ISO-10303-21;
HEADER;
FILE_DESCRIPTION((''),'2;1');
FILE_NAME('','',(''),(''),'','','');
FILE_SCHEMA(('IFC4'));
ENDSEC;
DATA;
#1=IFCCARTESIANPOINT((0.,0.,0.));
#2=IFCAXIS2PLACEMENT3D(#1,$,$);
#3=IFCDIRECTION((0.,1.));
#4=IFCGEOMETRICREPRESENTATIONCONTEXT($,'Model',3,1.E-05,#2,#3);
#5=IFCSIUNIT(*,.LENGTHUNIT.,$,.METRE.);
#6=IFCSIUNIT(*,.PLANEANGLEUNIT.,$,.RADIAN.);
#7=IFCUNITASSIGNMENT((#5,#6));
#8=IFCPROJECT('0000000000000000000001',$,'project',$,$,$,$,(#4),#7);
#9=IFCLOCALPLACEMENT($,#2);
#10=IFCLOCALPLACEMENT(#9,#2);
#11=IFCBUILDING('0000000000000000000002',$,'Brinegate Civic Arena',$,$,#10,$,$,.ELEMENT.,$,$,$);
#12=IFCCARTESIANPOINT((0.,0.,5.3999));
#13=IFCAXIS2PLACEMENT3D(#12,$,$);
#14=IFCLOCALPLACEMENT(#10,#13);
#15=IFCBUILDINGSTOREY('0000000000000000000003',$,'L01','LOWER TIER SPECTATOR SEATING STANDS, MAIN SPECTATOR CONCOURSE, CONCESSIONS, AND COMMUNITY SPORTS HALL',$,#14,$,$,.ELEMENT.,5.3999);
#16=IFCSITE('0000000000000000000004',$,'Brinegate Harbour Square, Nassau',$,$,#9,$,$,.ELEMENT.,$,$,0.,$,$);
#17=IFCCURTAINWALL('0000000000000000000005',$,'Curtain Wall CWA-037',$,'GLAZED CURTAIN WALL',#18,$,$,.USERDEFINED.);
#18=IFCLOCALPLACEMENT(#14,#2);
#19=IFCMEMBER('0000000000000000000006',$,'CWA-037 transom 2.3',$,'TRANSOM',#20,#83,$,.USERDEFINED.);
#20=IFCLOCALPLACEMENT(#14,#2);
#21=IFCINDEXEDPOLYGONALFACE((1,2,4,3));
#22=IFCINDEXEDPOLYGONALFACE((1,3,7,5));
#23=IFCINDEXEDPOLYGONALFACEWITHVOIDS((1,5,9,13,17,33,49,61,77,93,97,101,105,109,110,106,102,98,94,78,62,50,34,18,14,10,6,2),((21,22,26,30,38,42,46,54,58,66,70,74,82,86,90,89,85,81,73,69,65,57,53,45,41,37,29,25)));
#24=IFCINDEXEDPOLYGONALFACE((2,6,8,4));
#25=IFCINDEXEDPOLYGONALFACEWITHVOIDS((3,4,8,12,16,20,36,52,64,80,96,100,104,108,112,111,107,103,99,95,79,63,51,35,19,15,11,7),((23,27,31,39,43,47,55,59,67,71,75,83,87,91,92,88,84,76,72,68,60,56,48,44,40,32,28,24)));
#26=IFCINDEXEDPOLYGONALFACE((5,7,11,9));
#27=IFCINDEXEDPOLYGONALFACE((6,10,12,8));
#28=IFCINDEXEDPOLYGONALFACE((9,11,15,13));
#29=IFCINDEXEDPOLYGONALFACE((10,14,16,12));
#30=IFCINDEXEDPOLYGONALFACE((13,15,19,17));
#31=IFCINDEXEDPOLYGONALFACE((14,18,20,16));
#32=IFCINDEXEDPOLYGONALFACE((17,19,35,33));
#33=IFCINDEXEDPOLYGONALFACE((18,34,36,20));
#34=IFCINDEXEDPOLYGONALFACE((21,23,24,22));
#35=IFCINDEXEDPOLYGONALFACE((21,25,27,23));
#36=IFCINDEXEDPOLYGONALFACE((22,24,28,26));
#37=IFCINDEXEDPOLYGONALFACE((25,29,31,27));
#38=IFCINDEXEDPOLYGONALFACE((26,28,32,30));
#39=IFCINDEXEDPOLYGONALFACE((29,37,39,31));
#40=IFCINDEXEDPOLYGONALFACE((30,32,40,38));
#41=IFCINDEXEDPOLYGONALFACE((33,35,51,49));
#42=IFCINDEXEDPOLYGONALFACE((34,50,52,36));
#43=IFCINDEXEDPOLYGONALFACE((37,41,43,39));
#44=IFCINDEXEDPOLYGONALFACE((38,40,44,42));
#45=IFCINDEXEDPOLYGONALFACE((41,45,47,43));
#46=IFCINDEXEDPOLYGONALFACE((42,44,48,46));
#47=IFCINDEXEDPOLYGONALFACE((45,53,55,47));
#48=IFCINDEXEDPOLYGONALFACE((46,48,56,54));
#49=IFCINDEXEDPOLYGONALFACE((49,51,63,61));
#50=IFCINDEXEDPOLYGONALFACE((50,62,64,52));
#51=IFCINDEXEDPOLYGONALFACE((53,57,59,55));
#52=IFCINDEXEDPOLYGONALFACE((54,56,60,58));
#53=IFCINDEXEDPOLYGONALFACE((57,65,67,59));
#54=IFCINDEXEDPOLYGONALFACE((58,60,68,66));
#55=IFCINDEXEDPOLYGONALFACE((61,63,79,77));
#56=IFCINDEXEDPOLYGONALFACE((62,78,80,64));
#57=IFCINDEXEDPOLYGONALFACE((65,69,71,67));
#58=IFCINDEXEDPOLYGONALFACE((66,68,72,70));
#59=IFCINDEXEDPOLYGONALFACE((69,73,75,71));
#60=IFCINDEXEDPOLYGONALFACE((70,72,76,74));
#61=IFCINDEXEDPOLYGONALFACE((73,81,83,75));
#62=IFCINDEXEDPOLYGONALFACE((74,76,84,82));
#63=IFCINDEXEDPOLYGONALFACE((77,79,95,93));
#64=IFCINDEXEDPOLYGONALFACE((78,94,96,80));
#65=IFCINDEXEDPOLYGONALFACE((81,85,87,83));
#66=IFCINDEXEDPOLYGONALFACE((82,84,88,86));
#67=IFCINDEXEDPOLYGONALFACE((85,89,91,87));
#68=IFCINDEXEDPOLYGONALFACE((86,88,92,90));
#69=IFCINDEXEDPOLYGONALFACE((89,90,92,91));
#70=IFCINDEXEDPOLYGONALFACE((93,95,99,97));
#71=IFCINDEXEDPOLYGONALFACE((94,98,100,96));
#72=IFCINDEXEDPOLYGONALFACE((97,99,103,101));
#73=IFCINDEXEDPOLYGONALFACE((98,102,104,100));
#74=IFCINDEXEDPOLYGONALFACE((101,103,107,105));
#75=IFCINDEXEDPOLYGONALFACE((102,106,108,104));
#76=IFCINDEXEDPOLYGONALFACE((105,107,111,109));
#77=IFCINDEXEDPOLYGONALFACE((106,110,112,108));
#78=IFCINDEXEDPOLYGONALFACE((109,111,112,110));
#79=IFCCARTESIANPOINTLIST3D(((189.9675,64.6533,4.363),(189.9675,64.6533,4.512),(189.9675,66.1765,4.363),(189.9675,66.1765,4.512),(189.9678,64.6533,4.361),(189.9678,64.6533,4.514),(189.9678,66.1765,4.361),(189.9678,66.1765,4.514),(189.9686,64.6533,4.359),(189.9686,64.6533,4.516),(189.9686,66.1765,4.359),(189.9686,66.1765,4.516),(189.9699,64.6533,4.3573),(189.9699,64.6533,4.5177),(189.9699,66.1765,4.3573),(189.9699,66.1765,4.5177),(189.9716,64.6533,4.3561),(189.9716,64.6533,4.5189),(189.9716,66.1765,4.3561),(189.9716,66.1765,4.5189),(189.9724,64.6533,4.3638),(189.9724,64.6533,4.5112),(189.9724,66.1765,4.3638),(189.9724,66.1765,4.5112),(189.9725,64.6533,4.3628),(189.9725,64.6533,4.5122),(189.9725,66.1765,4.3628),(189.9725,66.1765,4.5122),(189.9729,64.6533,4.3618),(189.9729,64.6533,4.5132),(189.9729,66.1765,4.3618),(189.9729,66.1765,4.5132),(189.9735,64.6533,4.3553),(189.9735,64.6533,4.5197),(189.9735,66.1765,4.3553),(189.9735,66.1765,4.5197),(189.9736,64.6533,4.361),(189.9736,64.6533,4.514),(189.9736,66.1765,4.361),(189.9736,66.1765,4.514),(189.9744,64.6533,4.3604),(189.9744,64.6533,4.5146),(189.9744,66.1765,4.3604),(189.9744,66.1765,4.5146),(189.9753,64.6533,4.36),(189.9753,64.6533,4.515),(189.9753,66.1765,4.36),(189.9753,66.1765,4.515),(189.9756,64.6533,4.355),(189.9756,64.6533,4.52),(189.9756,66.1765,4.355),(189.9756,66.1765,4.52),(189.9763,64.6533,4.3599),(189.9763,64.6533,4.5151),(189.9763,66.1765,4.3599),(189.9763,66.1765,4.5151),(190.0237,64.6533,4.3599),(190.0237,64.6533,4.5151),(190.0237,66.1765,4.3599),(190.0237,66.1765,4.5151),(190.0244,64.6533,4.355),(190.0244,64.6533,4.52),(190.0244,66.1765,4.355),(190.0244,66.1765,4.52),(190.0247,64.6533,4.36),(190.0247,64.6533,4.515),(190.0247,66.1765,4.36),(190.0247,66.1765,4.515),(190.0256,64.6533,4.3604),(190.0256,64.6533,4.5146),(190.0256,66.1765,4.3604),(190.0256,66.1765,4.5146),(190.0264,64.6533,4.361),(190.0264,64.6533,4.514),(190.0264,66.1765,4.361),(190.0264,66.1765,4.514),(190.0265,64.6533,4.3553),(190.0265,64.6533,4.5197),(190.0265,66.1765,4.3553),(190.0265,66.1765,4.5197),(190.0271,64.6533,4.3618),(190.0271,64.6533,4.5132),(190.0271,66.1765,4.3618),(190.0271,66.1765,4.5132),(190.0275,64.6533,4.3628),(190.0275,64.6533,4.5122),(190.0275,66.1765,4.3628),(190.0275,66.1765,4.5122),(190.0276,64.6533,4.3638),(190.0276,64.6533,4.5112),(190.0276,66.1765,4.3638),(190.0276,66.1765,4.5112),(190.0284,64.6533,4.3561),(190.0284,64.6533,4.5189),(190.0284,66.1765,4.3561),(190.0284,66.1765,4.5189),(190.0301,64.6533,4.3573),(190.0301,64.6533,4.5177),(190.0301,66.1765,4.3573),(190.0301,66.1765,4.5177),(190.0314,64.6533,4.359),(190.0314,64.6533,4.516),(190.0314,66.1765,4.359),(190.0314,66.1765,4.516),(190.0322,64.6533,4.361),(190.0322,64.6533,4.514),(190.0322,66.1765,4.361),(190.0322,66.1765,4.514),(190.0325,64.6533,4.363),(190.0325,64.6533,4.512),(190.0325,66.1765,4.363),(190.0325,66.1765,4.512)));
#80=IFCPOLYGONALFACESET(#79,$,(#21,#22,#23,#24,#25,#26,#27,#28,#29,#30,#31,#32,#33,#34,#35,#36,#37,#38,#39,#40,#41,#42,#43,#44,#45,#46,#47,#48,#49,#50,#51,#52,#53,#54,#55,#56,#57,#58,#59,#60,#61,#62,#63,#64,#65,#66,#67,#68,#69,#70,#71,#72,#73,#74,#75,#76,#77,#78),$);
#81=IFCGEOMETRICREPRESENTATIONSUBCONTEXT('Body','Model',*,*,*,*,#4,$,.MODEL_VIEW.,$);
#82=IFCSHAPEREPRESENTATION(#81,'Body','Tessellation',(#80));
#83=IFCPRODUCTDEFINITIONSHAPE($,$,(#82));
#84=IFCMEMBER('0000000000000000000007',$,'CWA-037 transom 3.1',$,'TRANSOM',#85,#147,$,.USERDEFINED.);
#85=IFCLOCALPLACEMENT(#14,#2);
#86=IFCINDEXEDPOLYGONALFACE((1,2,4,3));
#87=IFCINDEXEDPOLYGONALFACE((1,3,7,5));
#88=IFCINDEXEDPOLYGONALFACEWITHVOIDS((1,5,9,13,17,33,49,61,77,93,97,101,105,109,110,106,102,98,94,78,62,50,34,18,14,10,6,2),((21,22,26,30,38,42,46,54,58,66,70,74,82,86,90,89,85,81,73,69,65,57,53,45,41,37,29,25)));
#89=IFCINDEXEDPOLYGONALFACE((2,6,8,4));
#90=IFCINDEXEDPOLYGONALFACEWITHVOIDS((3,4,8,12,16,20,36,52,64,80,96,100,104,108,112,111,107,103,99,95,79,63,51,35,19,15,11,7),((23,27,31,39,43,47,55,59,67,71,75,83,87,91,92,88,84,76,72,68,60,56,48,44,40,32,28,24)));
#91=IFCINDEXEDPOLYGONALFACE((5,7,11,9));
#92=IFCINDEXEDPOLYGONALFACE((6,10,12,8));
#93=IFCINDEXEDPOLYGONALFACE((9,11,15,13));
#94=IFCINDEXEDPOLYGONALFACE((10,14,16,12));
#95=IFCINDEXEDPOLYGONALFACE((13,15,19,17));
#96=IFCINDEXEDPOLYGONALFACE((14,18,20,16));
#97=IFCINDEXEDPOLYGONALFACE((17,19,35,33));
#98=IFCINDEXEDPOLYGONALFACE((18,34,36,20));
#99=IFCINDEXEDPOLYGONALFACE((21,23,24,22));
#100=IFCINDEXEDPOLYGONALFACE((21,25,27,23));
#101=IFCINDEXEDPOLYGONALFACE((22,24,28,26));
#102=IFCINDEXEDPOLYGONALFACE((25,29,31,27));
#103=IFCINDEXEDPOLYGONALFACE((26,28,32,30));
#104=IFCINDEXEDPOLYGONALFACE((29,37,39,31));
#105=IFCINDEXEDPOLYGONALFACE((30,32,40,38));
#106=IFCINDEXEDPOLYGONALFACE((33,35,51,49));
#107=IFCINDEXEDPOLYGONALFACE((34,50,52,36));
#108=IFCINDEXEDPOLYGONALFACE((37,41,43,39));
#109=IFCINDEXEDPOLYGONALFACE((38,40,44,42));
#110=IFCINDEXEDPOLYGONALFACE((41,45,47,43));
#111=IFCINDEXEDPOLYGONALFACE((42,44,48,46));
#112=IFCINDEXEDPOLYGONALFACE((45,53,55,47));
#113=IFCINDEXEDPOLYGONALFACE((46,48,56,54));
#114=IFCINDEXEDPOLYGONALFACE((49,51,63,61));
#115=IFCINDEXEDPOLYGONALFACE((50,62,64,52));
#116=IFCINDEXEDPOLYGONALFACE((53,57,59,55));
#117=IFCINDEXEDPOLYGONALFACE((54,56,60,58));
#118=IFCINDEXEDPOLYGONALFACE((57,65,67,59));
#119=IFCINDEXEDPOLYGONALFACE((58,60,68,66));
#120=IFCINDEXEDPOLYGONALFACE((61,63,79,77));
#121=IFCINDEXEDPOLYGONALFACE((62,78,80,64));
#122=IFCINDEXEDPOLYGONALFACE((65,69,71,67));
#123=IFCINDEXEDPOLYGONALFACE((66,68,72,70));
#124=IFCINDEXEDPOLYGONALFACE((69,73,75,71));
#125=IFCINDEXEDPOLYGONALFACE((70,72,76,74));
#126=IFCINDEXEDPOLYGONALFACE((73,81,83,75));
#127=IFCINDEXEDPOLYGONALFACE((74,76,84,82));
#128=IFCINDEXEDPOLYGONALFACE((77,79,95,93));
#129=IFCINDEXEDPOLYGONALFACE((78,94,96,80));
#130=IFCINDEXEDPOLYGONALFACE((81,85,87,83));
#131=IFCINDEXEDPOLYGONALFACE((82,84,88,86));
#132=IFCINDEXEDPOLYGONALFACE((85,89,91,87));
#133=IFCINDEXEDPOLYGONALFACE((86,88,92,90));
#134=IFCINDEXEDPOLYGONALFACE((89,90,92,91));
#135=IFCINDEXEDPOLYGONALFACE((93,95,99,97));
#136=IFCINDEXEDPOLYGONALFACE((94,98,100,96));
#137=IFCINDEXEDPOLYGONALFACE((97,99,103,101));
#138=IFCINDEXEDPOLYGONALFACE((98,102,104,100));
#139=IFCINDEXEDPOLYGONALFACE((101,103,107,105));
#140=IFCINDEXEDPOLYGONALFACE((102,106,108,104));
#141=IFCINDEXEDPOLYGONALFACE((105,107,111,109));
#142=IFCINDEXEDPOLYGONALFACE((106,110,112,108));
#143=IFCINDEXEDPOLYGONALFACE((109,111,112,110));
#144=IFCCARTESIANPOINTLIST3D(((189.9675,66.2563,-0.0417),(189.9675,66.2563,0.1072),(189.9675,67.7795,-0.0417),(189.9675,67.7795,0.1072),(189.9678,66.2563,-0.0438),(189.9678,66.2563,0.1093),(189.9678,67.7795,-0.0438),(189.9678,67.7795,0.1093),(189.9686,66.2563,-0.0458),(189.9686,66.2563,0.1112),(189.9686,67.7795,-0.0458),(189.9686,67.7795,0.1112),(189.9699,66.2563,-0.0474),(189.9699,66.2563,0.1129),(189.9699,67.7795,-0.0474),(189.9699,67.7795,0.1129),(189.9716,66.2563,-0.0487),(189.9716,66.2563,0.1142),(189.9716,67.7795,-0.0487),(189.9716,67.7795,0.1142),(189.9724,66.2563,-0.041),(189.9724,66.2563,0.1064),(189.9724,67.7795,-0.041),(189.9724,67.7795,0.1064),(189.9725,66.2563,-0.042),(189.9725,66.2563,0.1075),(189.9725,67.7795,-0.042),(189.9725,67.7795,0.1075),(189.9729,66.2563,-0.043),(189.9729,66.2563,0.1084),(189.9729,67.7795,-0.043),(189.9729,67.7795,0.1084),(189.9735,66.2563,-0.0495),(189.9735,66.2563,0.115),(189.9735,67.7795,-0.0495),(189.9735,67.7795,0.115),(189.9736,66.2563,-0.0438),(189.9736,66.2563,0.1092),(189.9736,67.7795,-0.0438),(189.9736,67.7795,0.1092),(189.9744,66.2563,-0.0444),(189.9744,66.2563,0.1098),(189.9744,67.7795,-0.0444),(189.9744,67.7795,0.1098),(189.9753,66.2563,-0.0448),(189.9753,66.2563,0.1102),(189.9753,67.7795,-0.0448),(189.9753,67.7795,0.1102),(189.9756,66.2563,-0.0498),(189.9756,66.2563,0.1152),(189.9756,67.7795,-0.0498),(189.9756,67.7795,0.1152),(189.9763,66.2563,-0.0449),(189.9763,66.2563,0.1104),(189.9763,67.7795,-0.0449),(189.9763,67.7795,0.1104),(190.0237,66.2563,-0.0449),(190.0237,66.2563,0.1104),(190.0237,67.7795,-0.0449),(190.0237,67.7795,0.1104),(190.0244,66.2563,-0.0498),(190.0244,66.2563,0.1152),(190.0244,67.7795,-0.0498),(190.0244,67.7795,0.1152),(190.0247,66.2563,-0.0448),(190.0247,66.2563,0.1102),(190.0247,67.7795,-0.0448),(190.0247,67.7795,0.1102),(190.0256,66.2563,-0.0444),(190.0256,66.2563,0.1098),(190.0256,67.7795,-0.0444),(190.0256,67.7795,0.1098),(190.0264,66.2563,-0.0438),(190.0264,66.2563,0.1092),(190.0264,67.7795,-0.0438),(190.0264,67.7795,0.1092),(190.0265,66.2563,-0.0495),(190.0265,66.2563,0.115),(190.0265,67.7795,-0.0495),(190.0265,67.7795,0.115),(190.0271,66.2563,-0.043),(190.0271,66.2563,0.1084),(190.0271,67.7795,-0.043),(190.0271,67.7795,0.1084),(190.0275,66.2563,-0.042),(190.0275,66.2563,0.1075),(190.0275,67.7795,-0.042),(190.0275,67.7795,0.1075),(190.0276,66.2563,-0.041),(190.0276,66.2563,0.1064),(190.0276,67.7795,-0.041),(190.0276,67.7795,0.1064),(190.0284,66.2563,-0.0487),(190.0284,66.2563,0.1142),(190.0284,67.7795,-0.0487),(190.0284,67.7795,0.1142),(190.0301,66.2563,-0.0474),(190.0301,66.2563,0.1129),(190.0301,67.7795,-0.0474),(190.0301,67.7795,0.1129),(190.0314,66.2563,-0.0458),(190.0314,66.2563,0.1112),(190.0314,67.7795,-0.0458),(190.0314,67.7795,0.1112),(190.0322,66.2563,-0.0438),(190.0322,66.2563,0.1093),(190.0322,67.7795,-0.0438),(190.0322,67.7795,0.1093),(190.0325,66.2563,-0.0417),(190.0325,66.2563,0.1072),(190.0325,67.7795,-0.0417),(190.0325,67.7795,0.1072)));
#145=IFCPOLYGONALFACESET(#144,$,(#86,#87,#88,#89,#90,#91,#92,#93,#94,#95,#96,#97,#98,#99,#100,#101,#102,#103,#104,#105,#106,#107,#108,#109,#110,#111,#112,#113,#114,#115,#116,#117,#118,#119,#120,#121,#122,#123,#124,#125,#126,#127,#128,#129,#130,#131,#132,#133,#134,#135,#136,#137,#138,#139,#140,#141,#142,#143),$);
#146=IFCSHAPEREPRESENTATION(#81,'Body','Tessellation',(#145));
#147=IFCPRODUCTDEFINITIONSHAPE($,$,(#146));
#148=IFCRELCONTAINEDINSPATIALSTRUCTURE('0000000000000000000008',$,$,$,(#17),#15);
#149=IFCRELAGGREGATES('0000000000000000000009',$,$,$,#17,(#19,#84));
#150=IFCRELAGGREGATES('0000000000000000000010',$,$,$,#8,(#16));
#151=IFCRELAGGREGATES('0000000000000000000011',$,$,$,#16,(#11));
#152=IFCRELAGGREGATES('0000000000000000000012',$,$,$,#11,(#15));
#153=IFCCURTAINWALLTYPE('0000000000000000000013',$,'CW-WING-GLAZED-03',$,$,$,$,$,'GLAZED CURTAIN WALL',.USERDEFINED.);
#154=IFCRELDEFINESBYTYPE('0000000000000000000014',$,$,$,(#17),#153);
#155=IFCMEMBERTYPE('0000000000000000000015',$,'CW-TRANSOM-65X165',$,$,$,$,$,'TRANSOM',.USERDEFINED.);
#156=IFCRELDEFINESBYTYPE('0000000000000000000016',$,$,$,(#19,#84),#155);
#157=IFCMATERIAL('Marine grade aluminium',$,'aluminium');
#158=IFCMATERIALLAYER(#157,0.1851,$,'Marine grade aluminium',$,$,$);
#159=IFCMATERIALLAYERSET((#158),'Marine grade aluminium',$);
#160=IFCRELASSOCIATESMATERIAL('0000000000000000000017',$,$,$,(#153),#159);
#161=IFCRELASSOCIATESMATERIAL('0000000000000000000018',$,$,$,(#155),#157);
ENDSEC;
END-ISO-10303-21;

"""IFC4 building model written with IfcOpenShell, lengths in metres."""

from ifc_helpers import new_model, si_unit, direction, frame, origin, origin_2d, place, context, subcontext, project, spatial, hollow_rectangle, extrude, material, layer, layer_set, material_profile, profile_set, type_object, element, aggregate, save


model = new_model("IFC4")

# Units and contexts
model_context = context("Model", 3, precision=1e-05, world=origin(), true_north=direction((0.0, 1.0)))
body_context = subcontext(model_context, "Body", "Model", "MODEL_VIEW")
ifc_project = project(units=[si_unit("LENGTHUNIT", "METRE"), si_unit("PLANEANGLEUNIT", "RADIAN")], contexts=[model_context])

# Site, building, storey
site_placement = place(None, origin())
site = spatial("IfcSite", under=ifc_project, at=site_placement, Name="Brinegate Harbour Square, Nassau", CompositionType="ELEMENT", RefElevation=0.0)
building_placement = place(site_placement, origin())
building = spatial("IfcBuilding", under=site, at=building_placement, Name="Brinegate Civic Arena", CompositionType="ELEMENT")
storey_placement = place(building_placement, frame((0.0, 0.0, 5.3999)))
storey = spatial("IfcBuildingStorey", under=building, at=storey_placement, Name="L01", Description="LOWER TIER SPECTATOR SEATING STANDS, MAIN SPECTATOR CONCOURSE, CONCESSIONS, AND COMMUNITY SPORTS HALL", CompositionType="ELEMENT", Elevation=5.3999)

# Curtain wall, members
ifc_material_1 = material(Name="Marine grade aluminium", Category="aluminium")
ifc_layer_1 = layer(ifc_material_1, 0.1851, Name="Marine grade aluminium")
ifc_layer_set_1 = layer_set([ifc_layer_1], Name="Marine grade aluminium")
curtain_wall_type = type_object("IfcCurtainWallType", Name="CW-WING-GLAZED-03", ElementType="GLAZED CURTAIN WALL", PredefinedType="USERDEFINED", material=ifc_layer_set_1)
curtain_wall_placement = place(storey_placement, origin())
curtain_wall = element("IfcCurtainWall", 1, at=curtain_wall_placement, inside=storey, type_object=curtain_wall_type, Name="Curtain Wall CWA-037", ObjectType="GLAZED CURTAIN WALL", PredefinedType="USERDEFINED")
ifc_material_profile_1 = material_profile(ifc_material_1, hollow_rectangle(XDim=0.0649, YDim=0.165, WallThickness=0.0049, InnerFilletRadius=0.0039, OuterFilletRadius=0.0081, at=origin_2d()), Name="TRN65X165")
ifc_profile_set_1 = profile_set([ifc_material_profile_1], Name="Marine grade aluminium")
member_type_1 = type_object("IfcMemberType", Name="CW-TRANSOM-65X165", ElementType="TRANSOM", PredefinedType="USERDEFINED", material=ifc_profile_set_1)
member_1_placement = place(storey_placement, frame((190.0, 64.6533, 4.4375), z_axis=(0.0, 1.0, 0.0), x_axis=(-1.0, 0.0, 0.0)))
member_1 = element("IfcMember", 2, at=member_1_placement, type_object=member_type_1, Name="CWA-037 transom 2.3", ObjectType="TRANSOM", PredefinedType="USERDEFINED", context=body_context, shape_type="SweptSolid", body=[
    extrude(hollow_rectangle(XDim=0.0649, YDim=0.165, WallThickness=0.0049, InnerFilletRadius=0.0039, OuterFilletRadius=0.0081, at=origin_2d()), origin(), (0.0, 0.0, 1.0), 1.5232),
])
member_2_placement = place(storey_placement, frame((190.0, 66.2563, 0.0327), z_axis=(0.0, 1.0, 0.0), x_axis=(-1.0, 0.0, 0.0)))
member_2 = element("IfcMember", 3, at=member_2_placement, type_object=member_type_1, Name="CWA-037 transom 3.1", ObjectType="TRANSOM", PredefinedType="USERDEFINED", context=body_context, shape_type="SweptSolid", body=[
    extrude(hollow_rectangle(XDim=0.0649, YDim=0.165, WallThickness=0.0049, InnerFilletRadius=0.0039, OuterFilletRadius=0.0081, at=origin_2d()), origin(), (0.0, 0.0, 1.0), 1.5232),
])

aggregate(curtain_wall, [member_1, member_2])

save(model, "model.ifc")
